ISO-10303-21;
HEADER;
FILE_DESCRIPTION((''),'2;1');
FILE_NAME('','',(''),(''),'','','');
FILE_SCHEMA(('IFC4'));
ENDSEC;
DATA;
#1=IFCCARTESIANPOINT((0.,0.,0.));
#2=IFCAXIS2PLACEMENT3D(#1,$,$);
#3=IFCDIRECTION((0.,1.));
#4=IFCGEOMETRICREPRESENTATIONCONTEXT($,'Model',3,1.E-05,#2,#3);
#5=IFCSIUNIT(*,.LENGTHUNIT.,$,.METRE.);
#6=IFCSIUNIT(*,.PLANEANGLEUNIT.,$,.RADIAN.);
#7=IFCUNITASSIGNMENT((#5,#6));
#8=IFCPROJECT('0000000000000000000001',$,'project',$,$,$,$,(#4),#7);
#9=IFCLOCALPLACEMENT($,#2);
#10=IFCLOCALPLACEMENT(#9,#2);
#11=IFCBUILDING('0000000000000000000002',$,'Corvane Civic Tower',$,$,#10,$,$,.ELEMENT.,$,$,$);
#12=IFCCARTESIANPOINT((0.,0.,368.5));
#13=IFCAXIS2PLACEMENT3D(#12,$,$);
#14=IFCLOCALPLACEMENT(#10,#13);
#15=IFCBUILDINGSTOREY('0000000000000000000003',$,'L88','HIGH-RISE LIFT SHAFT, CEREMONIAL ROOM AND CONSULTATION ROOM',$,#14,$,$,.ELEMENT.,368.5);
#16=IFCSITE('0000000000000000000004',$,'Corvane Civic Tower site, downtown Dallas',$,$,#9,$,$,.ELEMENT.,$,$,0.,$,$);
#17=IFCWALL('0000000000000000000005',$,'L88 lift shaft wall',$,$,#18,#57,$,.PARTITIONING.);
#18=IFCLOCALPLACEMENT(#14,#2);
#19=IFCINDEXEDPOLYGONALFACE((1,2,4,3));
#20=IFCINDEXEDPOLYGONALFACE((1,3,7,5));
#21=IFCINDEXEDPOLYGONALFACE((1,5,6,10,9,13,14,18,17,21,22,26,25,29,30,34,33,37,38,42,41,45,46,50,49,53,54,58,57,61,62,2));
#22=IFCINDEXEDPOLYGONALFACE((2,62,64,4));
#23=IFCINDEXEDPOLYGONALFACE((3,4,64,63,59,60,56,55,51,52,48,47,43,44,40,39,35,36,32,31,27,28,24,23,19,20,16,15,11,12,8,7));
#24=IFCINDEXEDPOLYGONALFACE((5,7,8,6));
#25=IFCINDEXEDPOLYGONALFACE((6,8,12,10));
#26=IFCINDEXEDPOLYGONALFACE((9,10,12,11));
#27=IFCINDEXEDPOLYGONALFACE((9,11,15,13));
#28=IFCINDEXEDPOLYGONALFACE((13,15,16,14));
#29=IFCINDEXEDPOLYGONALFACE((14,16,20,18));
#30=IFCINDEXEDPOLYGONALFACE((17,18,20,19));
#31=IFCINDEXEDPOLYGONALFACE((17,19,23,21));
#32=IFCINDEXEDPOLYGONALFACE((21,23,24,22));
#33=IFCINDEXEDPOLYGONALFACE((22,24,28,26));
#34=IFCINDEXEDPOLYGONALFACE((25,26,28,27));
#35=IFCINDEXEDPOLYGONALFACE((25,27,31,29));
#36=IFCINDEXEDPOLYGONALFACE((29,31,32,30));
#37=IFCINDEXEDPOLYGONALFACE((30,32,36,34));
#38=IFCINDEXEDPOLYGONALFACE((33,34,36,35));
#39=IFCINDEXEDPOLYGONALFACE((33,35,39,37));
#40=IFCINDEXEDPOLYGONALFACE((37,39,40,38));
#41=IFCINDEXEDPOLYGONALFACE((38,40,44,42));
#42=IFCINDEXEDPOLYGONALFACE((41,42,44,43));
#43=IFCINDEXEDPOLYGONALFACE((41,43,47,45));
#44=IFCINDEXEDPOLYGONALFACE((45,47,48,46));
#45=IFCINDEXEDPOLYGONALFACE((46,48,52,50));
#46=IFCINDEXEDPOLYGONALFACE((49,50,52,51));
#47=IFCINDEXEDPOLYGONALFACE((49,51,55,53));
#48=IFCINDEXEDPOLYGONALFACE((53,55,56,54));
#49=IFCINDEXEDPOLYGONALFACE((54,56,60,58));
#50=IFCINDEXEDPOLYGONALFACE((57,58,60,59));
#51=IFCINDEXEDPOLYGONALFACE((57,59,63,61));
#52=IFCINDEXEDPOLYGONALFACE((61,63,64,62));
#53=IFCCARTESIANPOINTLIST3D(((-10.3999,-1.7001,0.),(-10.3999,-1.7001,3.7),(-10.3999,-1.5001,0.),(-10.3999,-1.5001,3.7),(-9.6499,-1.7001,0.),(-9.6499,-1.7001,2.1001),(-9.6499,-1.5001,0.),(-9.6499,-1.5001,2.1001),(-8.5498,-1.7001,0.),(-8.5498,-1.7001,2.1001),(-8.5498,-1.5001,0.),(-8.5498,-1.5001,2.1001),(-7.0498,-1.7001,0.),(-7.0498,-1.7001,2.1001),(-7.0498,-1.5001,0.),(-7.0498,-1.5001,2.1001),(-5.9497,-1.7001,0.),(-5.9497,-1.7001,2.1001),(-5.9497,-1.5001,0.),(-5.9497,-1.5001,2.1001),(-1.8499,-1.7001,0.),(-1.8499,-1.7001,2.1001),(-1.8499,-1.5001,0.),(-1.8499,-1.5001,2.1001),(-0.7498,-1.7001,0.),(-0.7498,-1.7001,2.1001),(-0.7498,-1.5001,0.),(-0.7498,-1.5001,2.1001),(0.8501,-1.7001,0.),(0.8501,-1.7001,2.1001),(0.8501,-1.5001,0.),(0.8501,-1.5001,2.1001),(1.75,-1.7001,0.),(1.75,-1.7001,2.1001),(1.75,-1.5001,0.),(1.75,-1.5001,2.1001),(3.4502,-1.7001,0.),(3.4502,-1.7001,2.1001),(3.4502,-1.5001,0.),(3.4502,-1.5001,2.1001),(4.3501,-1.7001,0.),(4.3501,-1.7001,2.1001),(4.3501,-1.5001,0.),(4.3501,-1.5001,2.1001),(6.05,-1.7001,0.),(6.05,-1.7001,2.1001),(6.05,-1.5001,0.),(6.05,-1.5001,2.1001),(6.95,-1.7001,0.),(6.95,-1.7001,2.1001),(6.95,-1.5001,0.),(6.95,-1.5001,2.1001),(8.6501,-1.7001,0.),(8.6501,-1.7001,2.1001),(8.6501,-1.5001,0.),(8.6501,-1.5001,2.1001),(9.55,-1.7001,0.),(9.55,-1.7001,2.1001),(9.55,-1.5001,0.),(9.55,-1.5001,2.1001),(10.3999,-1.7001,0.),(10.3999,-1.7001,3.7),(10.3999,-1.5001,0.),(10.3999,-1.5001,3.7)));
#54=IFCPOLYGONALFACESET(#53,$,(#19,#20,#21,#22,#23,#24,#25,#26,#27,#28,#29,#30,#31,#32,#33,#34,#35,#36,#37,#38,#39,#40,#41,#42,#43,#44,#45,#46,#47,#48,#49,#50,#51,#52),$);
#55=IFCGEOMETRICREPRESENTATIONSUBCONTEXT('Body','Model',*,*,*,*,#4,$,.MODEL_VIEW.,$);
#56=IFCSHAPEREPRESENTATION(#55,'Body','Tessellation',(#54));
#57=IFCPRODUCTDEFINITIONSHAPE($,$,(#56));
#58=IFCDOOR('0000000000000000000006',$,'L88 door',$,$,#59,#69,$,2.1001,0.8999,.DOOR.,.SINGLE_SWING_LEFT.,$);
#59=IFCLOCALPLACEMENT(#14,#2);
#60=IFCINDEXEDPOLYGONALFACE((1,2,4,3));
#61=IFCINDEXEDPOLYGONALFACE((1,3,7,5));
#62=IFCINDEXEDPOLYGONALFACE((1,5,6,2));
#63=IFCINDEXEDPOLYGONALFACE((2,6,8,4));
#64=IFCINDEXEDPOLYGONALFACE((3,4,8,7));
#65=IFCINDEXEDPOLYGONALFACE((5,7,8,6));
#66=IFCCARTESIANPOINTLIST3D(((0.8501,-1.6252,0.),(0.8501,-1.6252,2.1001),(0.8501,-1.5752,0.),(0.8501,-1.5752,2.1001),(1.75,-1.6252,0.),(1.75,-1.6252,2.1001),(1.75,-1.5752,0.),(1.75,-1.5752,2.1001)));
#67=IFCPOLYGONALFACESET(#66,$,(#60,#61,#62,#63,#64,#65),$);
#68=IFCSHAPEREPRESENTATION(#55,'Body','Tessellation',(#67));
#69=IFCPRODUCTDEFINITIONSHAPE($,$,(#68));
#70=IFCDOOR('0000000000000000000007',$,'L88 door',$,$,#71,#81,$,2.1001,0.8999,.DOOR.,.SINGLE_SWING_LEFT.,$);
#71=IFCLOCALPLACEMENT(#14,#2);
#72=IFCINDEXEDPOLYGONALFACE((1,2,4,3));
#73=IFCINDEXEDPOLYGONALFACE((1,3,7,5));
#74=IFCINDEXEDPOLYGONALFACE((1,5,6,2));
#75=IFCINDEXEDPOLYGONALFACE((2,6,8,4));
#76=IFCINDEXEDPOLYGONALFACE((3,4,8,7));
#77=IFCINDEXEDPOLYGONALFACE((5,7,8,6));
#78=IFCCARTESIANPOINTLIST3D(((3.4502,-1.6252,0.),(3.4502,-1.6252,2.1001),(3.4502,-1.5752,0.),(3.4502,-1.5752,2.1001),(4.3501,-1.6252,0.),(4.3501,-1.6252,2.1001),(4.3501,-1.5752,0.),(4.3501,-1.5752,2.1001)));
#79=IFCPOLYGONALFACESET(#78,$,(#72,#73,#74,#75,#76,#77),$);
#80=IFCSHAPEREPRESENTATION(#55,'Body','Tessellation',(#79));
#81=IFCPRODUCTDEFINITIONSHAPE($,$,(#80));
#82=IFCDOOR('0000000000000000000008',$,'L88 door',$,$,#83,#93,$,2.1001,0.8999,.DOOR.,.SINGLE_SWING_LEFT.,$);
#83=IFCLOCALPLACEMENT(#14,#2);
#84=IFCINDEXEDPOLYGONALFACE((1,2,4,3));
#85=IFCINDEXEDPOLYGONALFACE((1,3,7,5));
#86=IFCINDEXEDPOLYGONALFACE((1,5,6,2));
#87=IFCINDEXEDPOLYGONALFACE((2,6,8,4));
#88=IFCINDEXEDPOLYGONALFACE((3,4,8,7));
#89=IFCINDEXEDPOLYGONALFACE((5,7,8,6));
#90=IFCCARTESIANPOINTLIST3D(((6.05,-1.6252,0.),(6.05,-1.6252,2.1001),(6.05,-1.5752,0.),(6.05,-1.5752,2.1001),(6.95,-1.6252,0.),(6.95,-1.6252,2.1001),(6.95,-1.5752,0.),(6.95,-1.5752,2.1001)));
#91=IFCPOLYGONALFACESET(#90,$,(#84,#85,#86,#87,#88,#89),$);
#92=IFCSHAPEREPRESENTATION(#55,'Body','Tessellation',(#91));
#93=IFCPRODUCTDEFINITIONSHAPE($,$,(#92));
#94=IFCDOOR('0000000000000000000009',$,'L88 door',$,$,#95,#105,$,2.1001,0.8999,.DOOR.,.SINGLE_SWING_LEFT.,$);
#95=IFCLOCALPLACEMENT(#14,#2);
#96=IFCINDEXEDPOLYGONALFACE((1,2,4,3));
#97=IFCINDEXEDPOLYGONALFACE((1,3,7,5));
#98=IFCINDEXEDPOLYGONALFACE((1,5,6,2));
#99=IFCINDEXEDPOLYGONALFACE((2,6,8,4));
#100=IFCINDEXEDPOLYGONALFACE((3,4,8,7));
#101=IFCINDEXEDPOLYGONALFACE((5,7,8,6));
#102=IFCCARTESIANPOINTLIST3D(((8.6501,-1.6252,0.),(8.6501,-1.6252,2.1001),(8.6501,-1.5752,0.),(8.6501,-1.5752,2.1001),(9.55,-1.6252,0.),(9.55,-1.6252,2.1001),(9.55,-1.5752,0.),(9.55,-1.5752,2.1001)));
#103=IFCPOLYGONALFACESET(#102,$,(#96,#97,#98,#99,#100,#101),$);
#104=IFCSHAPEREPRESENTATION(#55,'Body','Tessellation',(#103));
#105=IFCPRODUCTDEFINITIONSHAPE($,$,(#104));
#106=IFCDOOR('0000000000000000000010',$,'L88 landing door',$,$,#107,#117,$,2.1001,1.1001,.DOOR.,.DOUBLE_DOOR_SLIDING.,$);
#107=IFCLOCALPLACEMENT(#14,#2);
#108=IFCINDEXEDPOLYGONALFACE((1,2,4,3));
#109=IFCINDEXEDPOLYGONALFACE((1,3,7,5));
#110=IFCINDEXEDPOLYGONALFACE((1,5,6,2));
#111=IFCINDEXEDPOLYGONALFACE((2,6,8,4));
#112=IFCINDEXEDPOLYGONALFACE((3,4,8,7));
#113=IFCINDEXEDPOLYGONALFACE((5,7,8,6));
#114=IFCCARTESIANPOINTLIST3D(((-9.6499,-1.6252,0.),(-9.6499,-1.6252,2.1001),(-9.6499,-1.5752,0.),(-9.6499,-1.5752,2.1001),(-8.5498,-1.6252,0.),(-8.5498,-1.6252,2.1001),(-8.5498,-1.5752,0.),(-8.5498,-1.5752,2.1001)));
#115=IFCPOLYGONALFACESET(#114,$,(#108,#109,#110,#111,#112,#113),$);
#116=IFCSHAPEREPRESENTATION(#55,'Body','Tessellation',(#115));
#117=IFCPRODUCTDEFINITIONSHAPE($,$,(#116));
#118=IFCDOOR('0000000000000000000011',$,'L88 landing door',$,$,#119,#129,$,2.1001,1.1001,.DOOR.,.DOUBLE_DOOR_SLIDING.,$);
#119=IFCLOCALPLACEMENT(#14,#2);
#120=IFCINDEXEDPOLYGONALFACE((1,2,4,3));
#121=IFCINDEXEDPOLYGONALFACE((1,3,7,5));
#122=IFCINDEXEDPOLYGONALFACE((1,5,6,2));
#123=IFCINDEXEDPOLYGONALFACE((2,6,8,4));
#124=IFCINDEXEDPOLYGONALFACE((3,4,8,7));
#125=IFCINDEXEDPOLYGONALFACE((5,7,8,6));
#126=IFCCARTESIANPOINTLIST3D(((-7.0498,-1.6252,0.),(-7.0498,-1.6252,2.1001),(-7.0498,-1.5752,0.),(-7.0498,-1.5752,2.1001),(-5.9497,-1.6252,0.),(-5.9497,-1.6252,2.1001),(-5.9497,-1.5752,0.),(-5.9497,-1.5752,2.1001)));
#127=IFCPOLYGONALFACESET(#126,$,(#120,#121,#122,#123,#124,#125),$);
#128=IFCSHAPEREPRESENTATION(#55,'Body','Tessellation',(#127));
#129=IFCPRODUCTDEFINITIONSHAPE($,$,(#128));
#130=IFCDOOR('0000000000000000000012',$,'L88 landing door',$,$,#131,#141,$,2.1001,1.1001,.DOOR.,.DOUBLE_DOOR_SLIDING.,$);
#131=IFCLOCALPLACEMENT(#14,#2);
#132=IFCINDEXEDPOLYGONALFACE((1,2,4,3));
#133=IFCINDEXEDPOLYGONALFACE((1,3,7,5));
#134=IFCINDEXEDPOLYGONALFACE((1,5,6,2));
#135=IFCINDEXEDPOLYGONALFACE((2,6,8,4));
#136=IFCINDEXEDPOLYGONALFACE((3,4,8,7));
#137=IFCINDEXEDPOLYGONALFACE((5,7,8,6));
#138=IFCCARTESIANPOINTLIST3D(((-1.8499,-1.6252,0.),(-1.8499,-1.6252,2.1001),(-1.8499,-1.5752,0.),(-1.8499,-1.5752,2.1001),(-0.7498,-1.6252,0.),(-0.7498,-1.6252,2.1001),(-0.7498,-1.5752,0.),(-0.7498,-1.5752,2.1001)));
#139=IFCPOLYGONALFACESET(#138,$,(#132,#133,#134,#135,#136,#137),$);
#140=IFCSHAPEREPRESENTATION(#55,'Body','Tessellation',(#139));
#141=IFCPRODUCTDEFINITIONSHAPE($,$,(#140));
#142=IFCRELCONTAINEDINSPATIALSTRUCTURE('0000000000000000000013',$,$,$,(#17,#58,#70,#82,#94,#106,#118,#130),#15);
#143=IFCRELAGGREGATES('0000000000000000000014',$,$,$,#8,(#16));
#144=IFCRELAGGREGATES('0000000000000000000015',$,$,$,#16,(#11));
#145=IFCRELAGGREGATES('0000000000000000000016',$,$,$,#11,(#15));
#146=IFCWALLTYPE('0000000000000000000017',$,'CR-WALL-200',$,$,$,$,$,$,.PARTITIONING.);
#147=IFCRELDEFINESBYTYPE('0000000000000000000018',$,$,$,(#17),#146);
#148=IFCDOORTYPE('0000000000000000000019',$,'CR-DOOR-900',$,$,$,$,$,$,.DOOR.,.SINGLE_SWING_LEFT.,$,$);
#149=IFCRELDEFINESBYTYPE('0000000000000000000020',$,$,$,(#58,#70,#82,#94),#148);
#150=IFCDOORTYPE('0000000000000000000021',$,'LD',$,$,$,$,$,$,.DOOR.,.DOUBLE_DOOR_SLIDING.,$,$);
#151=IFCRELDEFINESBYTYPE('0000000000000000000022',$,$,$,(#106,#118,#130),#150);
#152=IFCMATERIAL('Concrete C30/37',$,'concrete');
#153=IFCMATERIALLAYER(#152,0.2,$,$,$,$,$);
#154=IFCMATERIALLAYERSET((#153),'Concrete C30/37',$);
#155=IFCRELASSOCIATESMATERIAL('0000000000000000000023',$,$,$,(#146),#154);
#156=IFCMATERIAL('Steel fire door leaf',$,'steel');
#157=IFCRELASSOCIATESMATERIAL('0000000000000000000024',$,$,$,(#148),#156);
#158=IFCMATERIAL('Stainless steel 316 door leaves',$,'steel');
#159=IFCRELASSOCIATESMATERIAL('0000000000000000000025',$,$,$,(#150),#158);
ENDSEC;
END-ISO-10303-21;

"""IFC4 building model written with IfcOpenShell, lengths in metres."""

from ifc_helpers import new_model, si_unit, direction, frame, frame_2d, origin, place, context, subcontext, project, spatial, rectangle, extrude, material, layer, layer_set, type_object, element, fill, save


model = new_model("IFC4")

# Units and contexts
model_context = context("Model", 3, precision=1e-05, world=origin(), true_north=direction((0.0, 1.0)))
body_context = subcontext(model_context, "Body", "Model", "MODEL_VIEW")
ifc_project = project(units=[si_unit("LENGTHUNIT", "METRE"), si_unit("PLANEANGLEUNIT", "RADIAN")], contexts=[model_context])

# Site, building, storey
site_placement = place(None, origin())
site = spatial("IfcSite", under=ifc_project, at=site_placement, Name="Corvane Civic Tower site, downtown Dallas", CompositionType="ELEMENT", RefElevation=0.0)
building_placement = place(site_placement, origin())
building = spatial("IfcBuilding", under=site, at=building_placement, Name="Corvane Civic Tower", CompositionType="ELEMENT")
storey_placement = place(building_placement, frame((0.0, 0.0, 368.5)))
storey = spatial("IfcBuildingStorey", under=building, at=storey_placement, Name="L88", Description="HIGH-RISE LIFT SHAFT, CEREMONIAL ROOM AND CONSULTATION ROOM", CompositionType="ELEMENT", Elevation=368.5)

# Shared definitions
ifc_material_1 = material(Name="Concrete C30/37", Category="concrete")
ifc_layer_1 = layer(ifc_material_1, 0.2)
ifc_layer_set_1 = layer_set([ifc_layer_1], Name="Concrete C30/37")
wall_type_1 = type_object("IfcWallType", Name="CR-WALL-200", PredefinedType="PARTITIONING", material=ifc_layer_set_1)
ifc_material_2 = material(Name="Steel fire door leaf", Category="steel")
door_type_1 = type_object("IfcDoorType", Name="CR-DOOR-900", OperationType="SINGLE_SWING_LEFT", PredefinedType="DOOR", material=ifc_material_2)

# Wall, openings, doors
wall_1_placement = place(storey_placement, frame((-10.3999, -1.6001, 0.0), z_axis=(0.0, 0.0, 1.0), x_axis=(1.0, 0.0, 0.0)))
wall_1 = element("IfcWall", 1, at=wall_1_placement, inside=storey, type_object=wall_type_1, Name="L88 lift shaft wall", PredefinedType="PARTITIONING", context=body_context, shape_type="SweptSolid", body=[
    extrude(rectangle(XDim=20.7998, YDim=0.2, at=frame_2d((10.3999, 0.0))), origin(), (0.0, 0.0, 1.0), 3.7),
])
opening_1_placement = place(wall_1_placement, frame((0.75, 0.0, 0.0)))
opening_1 = element("IfcOpeningElement", 2, at=opening_1_placement, cuts=wall_1, PredefinedType="OPENING", context=body_context, shape_type="SweptSolid", body=[
    extrude(rectangle(XDim=1.1001, YDim=2.1001, at=frame_2d((0.55, 1.05))), frame((0.0, 0.1099, 0.0), z_axis=(0.0, -1.0, 0.0), x_axis=(1.0, 0.0, 0.0)), (0.0, 0.0, 1.0), 0.22),
])
opening_2_placement = place(wall_1_placement, frame((3.3501, 0.0, 0.0)))
opening_2 = element("IfcOpeningElement", 3, at=opening_2_placement, cuts=wall_1, PredefinedType="OPENING", context=body_context, shape_type="SweptSolid", body=[
    extrude(rectangle(XDim=1.1001, YDim=2.1001, at=frame_2d((0.55, 1.05))), frame((0.0, 0.1099, 0.0), z_axis=(0.0, -1.0, 0.0), x_axis=(1.0, 0.0, 0.0)), (0.0, 0.0, 1.0), 0.22),
])
opening_3_placement = place(wall_1_placement, frame((8.55, 0.0, 0.0)))
opening_3 = element("IfcOpeningElement", 4, at=opening_3_placement, cuts=wall_1, PredefinedType="OPENING", context=body_context, shape_type="SweptSolid", body=[
    extrude(rectangle(XDim=1.1001, YDim=2.1001, at=frame_2d((0.55, 1.05))), frame((0.0, 0.1099, 0.0), z_axis=(0.0, -1.0, 0.0), x_axis=(1.0, 0.0, 0.0)), (0.0, 0.0, 1.0), 0.22),
])
opening_4_placement = place(wall_1_placement, frame((11.25, 0.0, 0.0)))
opening_4 = element("IfcOpeningElement", 5, at=opening_4_placement, cuts=wall_1, PredefinedType="OPENING", context=body_context, shape_type="SweptSolid", body=[
    extrude(rectangle(XDim=0.8999, YDim=2.1001, at=frame_2d((0.45, 1.05))), frame((0.0, 0.1099, 0.0), z_axis=(0.0, -1.0, 0.0), x_axis=(1.0, 0.0, 0.0)), (0.0, 0.0, 1.0), 0.22),
])
opening_5_placement = place(wall_1_placement, frame((13.8501, 0.0, 0.0)))
opening_5 = element("IfcOpeningElement", 6, at=opening_5_placement, cuts=wall_1, PredefinedType="OPENING", context=body_context, shape_type="SweptSolid", body=[
    extrude(rectangle(XDim=0.8999, YDim=2.1001, at=frame_2d((0.45, 1.05))), frame((0.0, 0.1099, 0.0), z_axis=(0.0, -1.0, 0.0), x_axis=(1.0, 0.0, 0.0)), (0.0, 0.0, 1.0), 0.22),
])
opening_6_placement = place(wall_1_placement, frame((16.45, 0.0, 0.0)))
opening_6 = element("IfcOpeningElement", 7, at=opening_6_placement, cuts=wall_1, PredefinedType="OPENING", context=body_context, shape_type="SweptSolid", body=[
    extrude(rectangle(XDim=0.8999, YDim=2.1001, at=frame_2d((0.45, 1.05))), frame((0.0, 0.1099, 0.0), z_axis=(0.0, -1.0, 0.0), x_axis=(1.0, 0.0, 0.0)), (0.0, 0.0, 1.0), 0.22),
])
opening_7_placement = place(wall_1_placement, frame((19.05, 0.0, 0.0)))
opening_7 = element("IfcOpeningElement", 8, at=opening_7_placement, cuts=wall_1, PredefinedType="OPENING", context=body_context, shape_type="SweptSolid", body=[
    extrude(rectangle(XDim=0.8999, YDim=2.1001, at=frame_2d((0.45, 1.05))), frame((0.0, 0.1099, 0.0), z_axis=(0.0, -1.0, 0.0), x_axis=(1.0, 0.0, 0.0)), (0.0, 0.0, 1.0), 0.22),
])
door_1_placement = place(opening_4_placement, origin())
door_1 = element("IfcDoor", 9, at=door_1_placement, inside=storey, type_object=door_type_1, Name="L88 door", OperationType="SINGLE_SWING_LEFT", OverallHeight=2.1001, OverallWidth=0.8999, PredefinedType="DOOR", context=body_context, shape_type="SweptSolid", body=[
    extrude(rectangle(XDim=0.8999, YDim=2.1001, at=frame_2d((0.45, 1.05))), frame((0.0, 0.0249, 0.0), z_axis=(0.0, -1.0, 0.0), x_axis=(1.0, 0.0, 0.0)), (0.0, 0.0, 1.0), 0.05),
])
fill(opening_4, door_1)
door_2_placement = place(opening_5_placement, origin())
door_2 = element("IfcDoor", 10, at=door_2_placement, inside=storey, type_object=door_type_1, Name="L88 door", OperationType="SINGLE_SWING_LEFT", OverallHeight=2.1001, OverallWidth=0.8999, PredefinedType="DOOR", context=body_context, shape_type="SweptSolid", body=[
    extrude(rectangle(XDim=0.8999, YDim=2.1001, at=frame_2d((0.45, 1.05))), frame((0.0, 0.0249, 0.0), z_axis=(0.0, -1.0, 0.0), x_axis=(1.0, 0.0, 0.0)), (0.0, 0.0, 1.0), 0.05),
])
fill(opening_5, door_2)
door_3_placement = place(opening_6_placement, origin())
door_3 = element("IfcDoor", 11, at=door_3_placement, inside=storey, type_object=door_type_1, Name="L88 door", OperationType="SINGLE_SWING_LEFT", OverallHeight=2.1001, OverallWidth=0.8999, PredefinedType="DOOR", context=body_context, shape_type="SweptSolid", body=[
    extrude(rectangle(XDim=0.8999, YDim=2.1001, at=frame_2d((0.45, 1.05))), frame((0.0, 0.0249, 0.0), z_axis=(0.0, -1.0, 0.0), x_axis=(1.0, 0.0, 0.0)), (0.0, 0.0, 1.0), 0.05),
])
fill(opening_6, door_3)
door_4_placement = place(opening_7_placement, origin())
door_4 = element("IfcDoor", 12, at=door_4_placement, inside=storey, type_object=door_type_1, Name="L88 door", OperationType="SINGLE_SWING_LEFT", OverallHeight=2.1001, OverallWidth=0.8999, PredefinedType="DOOR", context=body_context, shape_type="SweptSolid", body=[
    extrude(rectangle(XDim=0.8999, YDim=2.1001, at=frame_2d((0.45, 1.05))), frame((0.0, 0.0249, 0.0), z_axis=(0.0, -1.0, 0.0), x_axis=(1.0, 0.0, 0.0)), (0.0, 0.0, 1.0), 0.05),
])
fill(opening_7, door_4)
ifc_material_3 = material(Name="Stainless steel 316 door leaves", Category="steel")
door_type_2 = type_object("IfcDoorType", Name="LD", OperationType="DOUBLE_DOOR_SLIDING", PredefinedType="DOOR", material=ifc_material_3)
door_5_placement = place(opening_1_placement, origin())
door_5 = element("IfcDoor", 13, at=door_5_placement, inside=storey, type_object=door_type_2, Name="L88 landing door", OperationType="DOUBLE_DOOR_SLIDING", OverallHeight=2.1001, OverallWidth=1.1001, PredefinedType="DOOR", context=body_context, shape_type="SweptSolid", body=[
    extrude(rectangle(XDim=1.1001, YDim=2.1001, at=frame_2d((0.55, 1.05))), frame((0.0, 0.0249, 0.0), z_axis=(0.0, -1.0, 0.0), x_axis=(1.0, 0.0, 0.0)), (0.0, 0.0, 1.0), 0.05),
])
fill(opening_1, door_5)
door_6_placement = place(opening_2_placement, origin())
door_6 = element("IfcDoor", 14, at=door_6_placement, inside=storey, type_object=door_type_2, Name="L88 landing door", OperationType="DOUBLE_DOOR_SLIDING", OverallHeight=2.1001, OverallWidth=1.1001, PredefinedType="DOOR", context=body_context, shape_type="SweptSolid", body=[
    extrude(rectangle(XDim=1.1001, YDim=2.1001, at=frame_2d((0.55, 1.05))), frame((0.0, 0.0249, 0.0), z_axis=(0.0, -1.0, 0.0), x_axis=(1.0, 0.0, 0.0)), (0.0, 0.0, 1.0), 0.05),
])
fill(opening_2, door_6)
door_7_placement = place(opening_3_placement, origin())
door_7 = element("IfcDoor", 15, at=door_7_placement, inside=storey, type_object=door_type_2, Name="L88 landing door", OperationType="DOUBLE_DOOR_SLIDING", OverallHeight=2.1001, OverallWidth=1.1001, PredefinedType="DOOR", context=body_context, shape_type="SweptSolid", body=[
    extrude(rectangle(XDim=1.1001, YDim=2.1001, at=frame_2d((0.55, 1.05))), frame((0.0, 0.0249, 0.0), z_axis=(0.0, -1.0, 0.0), x_axis=(1.0, 0.0, 0.0)), (0.0, 0.0, 1.0), 0.05),
])
fill(opening_3, door_7)

save(model, "model.ifc")
